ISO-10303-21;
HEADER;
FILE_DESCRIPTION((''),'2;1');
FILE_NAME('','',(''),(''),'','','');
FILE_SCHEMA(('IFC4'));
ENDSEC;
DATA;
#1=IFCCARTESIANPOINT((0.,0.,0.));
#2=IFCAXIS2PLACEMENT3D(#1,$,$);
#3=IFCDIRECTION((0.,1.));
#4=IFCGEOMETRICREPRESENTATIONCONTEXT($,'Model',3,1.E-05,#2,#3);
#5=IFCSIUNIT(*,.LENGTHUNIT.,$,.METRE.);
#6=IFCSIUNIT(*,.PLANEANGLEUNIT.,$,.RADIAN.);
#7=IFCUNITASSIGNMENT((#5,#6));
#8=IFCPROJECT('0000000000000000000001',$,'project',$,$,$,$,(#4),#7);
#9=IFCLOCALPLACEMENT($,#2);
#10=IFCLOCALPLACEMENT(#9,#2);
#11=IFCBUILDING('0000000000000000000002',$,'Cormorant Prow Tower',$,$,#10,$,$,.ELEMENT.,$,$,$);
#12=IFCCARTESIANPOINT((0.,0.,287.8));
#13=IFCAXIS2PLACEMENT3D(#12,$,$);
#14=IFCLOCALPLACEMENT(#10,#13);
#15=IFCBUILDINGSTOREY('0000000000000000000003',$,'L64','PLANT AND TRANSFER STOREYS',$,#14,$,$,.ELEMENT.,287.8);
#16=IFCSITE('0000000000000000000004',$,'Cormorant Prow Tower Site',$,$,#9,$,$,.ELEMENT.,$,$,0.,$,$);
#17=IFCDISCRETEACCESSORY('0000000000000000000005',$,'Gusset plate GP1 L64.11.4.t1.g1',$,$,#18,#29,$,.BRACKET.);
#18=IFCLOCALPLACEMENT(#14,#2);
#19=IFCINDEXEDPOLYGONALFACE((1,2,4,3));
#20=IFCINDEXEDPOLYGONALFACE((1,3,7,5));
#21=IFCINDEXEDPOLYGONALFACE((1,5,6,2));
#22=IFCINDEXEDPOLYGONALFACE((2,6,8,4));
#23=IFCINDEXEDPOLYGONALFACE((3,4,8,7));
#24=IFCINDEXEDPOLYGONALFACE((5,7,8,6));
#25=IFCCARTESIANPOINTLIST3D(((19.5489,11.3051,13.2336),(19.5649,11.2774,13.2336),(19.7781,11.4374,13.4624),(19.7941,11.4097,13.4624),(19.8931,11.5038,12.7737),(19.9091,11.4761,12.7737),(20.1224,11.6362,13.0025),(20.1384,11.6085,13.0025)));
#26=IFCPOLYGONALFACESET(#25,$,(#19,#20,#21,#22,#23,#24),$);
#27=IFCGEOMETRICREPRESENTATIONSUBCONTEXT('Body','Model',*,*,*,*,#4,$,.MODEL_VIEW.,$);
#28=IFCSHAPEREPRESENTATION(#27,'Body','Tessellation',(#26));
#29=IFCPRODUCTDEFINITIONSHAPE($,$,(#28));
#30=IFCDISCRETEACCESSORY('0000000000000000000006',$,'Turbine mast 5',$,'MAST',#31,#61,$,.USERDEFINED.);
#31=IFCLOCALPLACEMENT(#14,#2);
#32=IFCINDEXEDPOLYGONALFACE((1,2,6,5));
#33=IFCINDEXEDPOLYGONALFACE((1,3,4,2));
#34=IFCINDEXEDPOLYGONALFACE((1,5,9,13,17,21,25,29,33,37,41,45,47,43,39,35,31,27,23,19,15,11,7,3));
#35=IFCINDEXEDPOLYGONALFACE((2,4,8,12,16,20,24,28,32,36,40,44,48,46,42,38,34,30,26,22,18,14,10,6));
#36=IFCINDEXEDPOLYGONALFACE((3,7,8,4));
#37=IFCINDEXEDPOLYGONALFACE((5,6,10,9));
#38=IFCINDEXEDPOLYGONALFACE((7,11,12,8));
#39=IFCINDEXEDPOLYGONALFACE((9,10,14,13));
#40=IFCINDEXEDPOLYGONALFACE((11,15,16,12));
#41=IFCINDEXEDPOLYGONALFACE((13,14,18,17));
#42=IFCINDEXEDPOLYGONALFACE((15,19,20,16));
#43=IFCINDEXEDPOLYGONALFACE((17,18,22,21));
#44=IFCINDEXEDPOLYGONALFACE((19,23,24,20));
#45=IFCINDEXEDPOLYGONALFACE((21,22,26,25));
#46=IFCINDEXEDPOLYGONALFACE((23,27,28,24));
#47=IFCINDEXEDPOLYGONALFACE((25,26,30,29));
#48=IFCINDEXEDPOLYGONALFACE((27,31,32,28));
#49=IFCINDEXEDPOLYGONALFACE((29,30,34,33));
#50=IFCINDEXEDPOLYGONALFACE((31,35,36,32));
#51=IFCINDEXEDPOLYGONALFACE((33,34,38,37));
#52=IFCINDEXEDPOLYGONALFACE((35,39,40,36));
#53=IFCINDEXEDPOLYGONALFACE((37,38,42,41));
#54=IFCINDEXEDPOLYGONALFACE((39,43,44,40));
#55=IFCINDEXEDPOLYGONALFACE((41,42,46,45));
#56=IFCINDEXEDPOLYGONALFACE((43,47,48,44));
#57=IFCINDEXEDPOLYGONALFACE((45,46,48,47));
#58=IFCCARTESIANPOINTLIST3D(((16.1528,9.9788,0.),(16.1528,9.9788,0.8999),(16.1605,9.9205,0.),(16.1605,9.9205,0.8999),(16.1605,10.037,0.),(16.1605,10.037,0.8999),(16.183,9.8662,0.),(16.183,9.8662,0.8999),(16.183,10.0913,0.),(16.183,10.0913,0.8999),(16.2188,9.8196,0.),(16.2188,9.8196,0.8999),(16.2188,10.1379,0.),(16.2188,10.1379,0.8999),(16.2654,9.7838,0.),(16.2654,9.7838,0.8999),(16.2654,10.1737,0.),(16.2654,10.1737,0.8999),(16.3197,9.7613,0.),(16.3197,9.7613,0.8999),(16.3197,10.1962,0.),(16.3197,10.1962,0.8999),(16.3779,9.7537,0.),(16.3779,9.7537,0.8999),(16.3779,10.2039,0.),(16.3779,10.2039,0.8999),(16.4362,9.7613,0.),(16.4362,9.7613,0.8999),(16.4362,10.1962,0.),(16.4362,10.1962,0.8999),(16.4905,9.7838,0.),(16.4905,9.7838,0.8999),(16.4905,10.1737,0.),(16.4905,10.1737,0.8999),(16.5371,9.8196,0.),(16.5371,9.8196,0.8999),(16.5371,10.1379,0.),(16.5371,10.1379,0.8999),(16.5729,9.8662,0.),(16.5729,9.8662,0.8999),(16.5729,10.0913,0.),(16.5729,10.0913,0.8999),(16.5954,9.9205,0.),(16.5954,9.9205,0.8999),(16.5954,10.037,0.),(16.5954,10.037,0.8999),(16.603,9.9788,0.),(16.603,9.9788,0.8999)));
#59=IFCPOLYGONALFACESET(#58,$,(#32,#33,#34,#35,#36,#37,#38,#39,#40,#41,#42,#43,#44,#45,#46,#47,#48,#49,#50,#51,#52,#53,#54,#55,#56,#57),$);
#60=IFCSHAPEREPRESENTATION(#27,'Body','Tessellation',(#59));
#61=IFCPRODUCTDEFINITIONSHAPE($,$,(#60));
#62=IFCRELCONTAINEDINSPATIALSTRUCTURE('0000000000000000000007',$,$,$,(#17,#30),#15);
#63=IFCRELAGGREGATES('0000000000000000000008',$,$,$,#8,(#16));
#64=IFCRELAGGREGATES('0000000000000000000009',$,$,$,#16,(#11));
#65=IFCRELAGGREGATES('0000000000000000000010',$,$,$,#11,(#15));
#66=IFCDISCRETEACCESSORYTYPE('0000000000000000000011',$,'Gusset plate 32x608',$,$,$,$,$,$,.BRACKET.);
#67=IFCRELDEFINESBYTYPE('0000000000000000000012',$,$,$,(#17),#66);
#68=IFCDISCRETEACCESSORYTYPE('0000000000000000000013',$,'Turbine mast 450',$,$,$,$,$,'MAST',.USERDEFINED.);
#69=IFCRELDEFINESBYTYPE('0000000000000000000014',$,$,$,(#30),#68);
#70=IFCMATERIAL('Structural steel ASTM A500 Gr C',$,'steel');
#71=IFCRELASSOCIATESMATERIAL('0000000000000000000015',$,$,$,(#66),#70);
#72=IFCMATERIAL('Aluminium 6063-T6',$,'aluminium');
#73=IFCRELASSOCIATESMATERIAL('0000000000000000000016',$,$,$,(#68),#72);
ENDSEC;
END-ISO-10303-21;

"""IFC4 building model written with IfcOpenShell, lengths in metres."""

from ifc_helpers import new_model, si_unit, direction, frame, origin, origin_2d, place, context, subcontext, project, spatial, rectangle, circle, extrude, material, material_profile, profile_set, type_object, element, save


model = new_model("IFC4")

# Units and contexts
model_context = context("Model", 3, precision=1e-05, world=origin(), true_north=direction((0.0, 1.0)))
body_context = subcontext(model_context, "Body", "Model", "MODEL_VIEW")
ifc_project = project(units=[si_unit("LENGTHUNIT", "METRE"), si_unit("PLANEANGLEUNIT", "RADIAN")], contexts=[model_context])

# Site, building, storey
site_placement = place(None, origin())
site = spatial("IfcSite", under=ifc_project, at=site_placement, Name="Cormorant Prow Tower Site", CompositionType="ELEMENT", RefElevation=0.0)
building_placement = place(site_placement, origin())
building = spatial("IfcBuilding", under=site, at=building_placement, Name="Cormorant Prow Tower", CompositionType="ELEMENT")
storey_placement = place(building_placement, frame((0.0, 0.0, 287.8)))
storey = spatial("IfcBuildingStorey", under=building, at=storey_placement, Name="L64", Description="PLANT AND TRANSFER STOREYS", CompositionType="ELEMENT", Elevation=287.8)

# Discrete accessories
ifc_material_1 = material(Name="Structural steel ASTM A500 Gr C", Category="steel")
ifc_material_profile_1 = material_profile(ifc_material_1, rectangle(XDim=0.032, YDim=0.6079, at=origin_2d()), Name="Gusset plate 32x608")
ifc_profile_set_1 = profile_set([ifc_material_profile_1], Name="Structural steel ASTM A500 Gr C")
discrete_accessory_type_1 = type_object("IfcDiscreteAccessoryType", Name="Gusset plate 32x608", PredefinedType="BRACKET", material=ifc_profile_set_1)
discrete_accessory_1_placement = place(storey_placement, frame((19.729, 11.3906, 13.0037), z_axis=(0.655274, 0.378231, 0.653879), x_axis=(-0.499909, 0.866078, 0.0)))
element("IfcDiscreteAccessory", 1, at=discrete_accessory_1_placement, inside=storey, type_object=discrete_accessory_type_1, Name="Gusset plate GP1 L64.11.4.t1.g1", PredefinedType="BRACKET", context=body_context, shape_type="SweptSolid", body=[
    extrude(rectangle(XDim=0.032, YDim=0.6079, at=origin_2d()), origin(), (0.0, 0.0, 1.0), 0.3499),
])
ifc_material_2 = material(Name="Aluminium 6063-T6", Category="aluminium")
ifc_material_profile_2 = material_profile(ifc_material_2, circle(Radius=0.2251, at=origin_2d()), Name="Turbine mast 450")
ifc_profile_set_2 = profile_set([ifc_material_profile_2], Name="Aluminium 6063-T6")
discrete_accessory_type_2 = type_object("IfcDiscreteAccessoryType", Name="Turbine mast 450", ElementType="MAST", PredefinedType="USERDEFINED", material=ifc_profile_set_2)
discrete_accessory_2_placement = place(storey_placement, frame((16.3779, 9.9788, 0.0), z_axis=(0.0, 0.0, 1.0), x_axis=(1.0, 0.0, 0.0)))
element("IfcDiscreteAccessory", 2, at=discrete_accessory_2_placement, inside=storey, type_object=discrete_accessory_type_2, Name="Turbine mast 5", ObjectType="MAST", PredefinedType="USERDEFINED", context=body_context, shape_type="SweptSolid", body=[
    extrude(circle(Radius=0.2251, at=origin_2d()), origin(), (0.0, 0.0, 1.0), 0.8999),
])

save(model, "model.ifc")
